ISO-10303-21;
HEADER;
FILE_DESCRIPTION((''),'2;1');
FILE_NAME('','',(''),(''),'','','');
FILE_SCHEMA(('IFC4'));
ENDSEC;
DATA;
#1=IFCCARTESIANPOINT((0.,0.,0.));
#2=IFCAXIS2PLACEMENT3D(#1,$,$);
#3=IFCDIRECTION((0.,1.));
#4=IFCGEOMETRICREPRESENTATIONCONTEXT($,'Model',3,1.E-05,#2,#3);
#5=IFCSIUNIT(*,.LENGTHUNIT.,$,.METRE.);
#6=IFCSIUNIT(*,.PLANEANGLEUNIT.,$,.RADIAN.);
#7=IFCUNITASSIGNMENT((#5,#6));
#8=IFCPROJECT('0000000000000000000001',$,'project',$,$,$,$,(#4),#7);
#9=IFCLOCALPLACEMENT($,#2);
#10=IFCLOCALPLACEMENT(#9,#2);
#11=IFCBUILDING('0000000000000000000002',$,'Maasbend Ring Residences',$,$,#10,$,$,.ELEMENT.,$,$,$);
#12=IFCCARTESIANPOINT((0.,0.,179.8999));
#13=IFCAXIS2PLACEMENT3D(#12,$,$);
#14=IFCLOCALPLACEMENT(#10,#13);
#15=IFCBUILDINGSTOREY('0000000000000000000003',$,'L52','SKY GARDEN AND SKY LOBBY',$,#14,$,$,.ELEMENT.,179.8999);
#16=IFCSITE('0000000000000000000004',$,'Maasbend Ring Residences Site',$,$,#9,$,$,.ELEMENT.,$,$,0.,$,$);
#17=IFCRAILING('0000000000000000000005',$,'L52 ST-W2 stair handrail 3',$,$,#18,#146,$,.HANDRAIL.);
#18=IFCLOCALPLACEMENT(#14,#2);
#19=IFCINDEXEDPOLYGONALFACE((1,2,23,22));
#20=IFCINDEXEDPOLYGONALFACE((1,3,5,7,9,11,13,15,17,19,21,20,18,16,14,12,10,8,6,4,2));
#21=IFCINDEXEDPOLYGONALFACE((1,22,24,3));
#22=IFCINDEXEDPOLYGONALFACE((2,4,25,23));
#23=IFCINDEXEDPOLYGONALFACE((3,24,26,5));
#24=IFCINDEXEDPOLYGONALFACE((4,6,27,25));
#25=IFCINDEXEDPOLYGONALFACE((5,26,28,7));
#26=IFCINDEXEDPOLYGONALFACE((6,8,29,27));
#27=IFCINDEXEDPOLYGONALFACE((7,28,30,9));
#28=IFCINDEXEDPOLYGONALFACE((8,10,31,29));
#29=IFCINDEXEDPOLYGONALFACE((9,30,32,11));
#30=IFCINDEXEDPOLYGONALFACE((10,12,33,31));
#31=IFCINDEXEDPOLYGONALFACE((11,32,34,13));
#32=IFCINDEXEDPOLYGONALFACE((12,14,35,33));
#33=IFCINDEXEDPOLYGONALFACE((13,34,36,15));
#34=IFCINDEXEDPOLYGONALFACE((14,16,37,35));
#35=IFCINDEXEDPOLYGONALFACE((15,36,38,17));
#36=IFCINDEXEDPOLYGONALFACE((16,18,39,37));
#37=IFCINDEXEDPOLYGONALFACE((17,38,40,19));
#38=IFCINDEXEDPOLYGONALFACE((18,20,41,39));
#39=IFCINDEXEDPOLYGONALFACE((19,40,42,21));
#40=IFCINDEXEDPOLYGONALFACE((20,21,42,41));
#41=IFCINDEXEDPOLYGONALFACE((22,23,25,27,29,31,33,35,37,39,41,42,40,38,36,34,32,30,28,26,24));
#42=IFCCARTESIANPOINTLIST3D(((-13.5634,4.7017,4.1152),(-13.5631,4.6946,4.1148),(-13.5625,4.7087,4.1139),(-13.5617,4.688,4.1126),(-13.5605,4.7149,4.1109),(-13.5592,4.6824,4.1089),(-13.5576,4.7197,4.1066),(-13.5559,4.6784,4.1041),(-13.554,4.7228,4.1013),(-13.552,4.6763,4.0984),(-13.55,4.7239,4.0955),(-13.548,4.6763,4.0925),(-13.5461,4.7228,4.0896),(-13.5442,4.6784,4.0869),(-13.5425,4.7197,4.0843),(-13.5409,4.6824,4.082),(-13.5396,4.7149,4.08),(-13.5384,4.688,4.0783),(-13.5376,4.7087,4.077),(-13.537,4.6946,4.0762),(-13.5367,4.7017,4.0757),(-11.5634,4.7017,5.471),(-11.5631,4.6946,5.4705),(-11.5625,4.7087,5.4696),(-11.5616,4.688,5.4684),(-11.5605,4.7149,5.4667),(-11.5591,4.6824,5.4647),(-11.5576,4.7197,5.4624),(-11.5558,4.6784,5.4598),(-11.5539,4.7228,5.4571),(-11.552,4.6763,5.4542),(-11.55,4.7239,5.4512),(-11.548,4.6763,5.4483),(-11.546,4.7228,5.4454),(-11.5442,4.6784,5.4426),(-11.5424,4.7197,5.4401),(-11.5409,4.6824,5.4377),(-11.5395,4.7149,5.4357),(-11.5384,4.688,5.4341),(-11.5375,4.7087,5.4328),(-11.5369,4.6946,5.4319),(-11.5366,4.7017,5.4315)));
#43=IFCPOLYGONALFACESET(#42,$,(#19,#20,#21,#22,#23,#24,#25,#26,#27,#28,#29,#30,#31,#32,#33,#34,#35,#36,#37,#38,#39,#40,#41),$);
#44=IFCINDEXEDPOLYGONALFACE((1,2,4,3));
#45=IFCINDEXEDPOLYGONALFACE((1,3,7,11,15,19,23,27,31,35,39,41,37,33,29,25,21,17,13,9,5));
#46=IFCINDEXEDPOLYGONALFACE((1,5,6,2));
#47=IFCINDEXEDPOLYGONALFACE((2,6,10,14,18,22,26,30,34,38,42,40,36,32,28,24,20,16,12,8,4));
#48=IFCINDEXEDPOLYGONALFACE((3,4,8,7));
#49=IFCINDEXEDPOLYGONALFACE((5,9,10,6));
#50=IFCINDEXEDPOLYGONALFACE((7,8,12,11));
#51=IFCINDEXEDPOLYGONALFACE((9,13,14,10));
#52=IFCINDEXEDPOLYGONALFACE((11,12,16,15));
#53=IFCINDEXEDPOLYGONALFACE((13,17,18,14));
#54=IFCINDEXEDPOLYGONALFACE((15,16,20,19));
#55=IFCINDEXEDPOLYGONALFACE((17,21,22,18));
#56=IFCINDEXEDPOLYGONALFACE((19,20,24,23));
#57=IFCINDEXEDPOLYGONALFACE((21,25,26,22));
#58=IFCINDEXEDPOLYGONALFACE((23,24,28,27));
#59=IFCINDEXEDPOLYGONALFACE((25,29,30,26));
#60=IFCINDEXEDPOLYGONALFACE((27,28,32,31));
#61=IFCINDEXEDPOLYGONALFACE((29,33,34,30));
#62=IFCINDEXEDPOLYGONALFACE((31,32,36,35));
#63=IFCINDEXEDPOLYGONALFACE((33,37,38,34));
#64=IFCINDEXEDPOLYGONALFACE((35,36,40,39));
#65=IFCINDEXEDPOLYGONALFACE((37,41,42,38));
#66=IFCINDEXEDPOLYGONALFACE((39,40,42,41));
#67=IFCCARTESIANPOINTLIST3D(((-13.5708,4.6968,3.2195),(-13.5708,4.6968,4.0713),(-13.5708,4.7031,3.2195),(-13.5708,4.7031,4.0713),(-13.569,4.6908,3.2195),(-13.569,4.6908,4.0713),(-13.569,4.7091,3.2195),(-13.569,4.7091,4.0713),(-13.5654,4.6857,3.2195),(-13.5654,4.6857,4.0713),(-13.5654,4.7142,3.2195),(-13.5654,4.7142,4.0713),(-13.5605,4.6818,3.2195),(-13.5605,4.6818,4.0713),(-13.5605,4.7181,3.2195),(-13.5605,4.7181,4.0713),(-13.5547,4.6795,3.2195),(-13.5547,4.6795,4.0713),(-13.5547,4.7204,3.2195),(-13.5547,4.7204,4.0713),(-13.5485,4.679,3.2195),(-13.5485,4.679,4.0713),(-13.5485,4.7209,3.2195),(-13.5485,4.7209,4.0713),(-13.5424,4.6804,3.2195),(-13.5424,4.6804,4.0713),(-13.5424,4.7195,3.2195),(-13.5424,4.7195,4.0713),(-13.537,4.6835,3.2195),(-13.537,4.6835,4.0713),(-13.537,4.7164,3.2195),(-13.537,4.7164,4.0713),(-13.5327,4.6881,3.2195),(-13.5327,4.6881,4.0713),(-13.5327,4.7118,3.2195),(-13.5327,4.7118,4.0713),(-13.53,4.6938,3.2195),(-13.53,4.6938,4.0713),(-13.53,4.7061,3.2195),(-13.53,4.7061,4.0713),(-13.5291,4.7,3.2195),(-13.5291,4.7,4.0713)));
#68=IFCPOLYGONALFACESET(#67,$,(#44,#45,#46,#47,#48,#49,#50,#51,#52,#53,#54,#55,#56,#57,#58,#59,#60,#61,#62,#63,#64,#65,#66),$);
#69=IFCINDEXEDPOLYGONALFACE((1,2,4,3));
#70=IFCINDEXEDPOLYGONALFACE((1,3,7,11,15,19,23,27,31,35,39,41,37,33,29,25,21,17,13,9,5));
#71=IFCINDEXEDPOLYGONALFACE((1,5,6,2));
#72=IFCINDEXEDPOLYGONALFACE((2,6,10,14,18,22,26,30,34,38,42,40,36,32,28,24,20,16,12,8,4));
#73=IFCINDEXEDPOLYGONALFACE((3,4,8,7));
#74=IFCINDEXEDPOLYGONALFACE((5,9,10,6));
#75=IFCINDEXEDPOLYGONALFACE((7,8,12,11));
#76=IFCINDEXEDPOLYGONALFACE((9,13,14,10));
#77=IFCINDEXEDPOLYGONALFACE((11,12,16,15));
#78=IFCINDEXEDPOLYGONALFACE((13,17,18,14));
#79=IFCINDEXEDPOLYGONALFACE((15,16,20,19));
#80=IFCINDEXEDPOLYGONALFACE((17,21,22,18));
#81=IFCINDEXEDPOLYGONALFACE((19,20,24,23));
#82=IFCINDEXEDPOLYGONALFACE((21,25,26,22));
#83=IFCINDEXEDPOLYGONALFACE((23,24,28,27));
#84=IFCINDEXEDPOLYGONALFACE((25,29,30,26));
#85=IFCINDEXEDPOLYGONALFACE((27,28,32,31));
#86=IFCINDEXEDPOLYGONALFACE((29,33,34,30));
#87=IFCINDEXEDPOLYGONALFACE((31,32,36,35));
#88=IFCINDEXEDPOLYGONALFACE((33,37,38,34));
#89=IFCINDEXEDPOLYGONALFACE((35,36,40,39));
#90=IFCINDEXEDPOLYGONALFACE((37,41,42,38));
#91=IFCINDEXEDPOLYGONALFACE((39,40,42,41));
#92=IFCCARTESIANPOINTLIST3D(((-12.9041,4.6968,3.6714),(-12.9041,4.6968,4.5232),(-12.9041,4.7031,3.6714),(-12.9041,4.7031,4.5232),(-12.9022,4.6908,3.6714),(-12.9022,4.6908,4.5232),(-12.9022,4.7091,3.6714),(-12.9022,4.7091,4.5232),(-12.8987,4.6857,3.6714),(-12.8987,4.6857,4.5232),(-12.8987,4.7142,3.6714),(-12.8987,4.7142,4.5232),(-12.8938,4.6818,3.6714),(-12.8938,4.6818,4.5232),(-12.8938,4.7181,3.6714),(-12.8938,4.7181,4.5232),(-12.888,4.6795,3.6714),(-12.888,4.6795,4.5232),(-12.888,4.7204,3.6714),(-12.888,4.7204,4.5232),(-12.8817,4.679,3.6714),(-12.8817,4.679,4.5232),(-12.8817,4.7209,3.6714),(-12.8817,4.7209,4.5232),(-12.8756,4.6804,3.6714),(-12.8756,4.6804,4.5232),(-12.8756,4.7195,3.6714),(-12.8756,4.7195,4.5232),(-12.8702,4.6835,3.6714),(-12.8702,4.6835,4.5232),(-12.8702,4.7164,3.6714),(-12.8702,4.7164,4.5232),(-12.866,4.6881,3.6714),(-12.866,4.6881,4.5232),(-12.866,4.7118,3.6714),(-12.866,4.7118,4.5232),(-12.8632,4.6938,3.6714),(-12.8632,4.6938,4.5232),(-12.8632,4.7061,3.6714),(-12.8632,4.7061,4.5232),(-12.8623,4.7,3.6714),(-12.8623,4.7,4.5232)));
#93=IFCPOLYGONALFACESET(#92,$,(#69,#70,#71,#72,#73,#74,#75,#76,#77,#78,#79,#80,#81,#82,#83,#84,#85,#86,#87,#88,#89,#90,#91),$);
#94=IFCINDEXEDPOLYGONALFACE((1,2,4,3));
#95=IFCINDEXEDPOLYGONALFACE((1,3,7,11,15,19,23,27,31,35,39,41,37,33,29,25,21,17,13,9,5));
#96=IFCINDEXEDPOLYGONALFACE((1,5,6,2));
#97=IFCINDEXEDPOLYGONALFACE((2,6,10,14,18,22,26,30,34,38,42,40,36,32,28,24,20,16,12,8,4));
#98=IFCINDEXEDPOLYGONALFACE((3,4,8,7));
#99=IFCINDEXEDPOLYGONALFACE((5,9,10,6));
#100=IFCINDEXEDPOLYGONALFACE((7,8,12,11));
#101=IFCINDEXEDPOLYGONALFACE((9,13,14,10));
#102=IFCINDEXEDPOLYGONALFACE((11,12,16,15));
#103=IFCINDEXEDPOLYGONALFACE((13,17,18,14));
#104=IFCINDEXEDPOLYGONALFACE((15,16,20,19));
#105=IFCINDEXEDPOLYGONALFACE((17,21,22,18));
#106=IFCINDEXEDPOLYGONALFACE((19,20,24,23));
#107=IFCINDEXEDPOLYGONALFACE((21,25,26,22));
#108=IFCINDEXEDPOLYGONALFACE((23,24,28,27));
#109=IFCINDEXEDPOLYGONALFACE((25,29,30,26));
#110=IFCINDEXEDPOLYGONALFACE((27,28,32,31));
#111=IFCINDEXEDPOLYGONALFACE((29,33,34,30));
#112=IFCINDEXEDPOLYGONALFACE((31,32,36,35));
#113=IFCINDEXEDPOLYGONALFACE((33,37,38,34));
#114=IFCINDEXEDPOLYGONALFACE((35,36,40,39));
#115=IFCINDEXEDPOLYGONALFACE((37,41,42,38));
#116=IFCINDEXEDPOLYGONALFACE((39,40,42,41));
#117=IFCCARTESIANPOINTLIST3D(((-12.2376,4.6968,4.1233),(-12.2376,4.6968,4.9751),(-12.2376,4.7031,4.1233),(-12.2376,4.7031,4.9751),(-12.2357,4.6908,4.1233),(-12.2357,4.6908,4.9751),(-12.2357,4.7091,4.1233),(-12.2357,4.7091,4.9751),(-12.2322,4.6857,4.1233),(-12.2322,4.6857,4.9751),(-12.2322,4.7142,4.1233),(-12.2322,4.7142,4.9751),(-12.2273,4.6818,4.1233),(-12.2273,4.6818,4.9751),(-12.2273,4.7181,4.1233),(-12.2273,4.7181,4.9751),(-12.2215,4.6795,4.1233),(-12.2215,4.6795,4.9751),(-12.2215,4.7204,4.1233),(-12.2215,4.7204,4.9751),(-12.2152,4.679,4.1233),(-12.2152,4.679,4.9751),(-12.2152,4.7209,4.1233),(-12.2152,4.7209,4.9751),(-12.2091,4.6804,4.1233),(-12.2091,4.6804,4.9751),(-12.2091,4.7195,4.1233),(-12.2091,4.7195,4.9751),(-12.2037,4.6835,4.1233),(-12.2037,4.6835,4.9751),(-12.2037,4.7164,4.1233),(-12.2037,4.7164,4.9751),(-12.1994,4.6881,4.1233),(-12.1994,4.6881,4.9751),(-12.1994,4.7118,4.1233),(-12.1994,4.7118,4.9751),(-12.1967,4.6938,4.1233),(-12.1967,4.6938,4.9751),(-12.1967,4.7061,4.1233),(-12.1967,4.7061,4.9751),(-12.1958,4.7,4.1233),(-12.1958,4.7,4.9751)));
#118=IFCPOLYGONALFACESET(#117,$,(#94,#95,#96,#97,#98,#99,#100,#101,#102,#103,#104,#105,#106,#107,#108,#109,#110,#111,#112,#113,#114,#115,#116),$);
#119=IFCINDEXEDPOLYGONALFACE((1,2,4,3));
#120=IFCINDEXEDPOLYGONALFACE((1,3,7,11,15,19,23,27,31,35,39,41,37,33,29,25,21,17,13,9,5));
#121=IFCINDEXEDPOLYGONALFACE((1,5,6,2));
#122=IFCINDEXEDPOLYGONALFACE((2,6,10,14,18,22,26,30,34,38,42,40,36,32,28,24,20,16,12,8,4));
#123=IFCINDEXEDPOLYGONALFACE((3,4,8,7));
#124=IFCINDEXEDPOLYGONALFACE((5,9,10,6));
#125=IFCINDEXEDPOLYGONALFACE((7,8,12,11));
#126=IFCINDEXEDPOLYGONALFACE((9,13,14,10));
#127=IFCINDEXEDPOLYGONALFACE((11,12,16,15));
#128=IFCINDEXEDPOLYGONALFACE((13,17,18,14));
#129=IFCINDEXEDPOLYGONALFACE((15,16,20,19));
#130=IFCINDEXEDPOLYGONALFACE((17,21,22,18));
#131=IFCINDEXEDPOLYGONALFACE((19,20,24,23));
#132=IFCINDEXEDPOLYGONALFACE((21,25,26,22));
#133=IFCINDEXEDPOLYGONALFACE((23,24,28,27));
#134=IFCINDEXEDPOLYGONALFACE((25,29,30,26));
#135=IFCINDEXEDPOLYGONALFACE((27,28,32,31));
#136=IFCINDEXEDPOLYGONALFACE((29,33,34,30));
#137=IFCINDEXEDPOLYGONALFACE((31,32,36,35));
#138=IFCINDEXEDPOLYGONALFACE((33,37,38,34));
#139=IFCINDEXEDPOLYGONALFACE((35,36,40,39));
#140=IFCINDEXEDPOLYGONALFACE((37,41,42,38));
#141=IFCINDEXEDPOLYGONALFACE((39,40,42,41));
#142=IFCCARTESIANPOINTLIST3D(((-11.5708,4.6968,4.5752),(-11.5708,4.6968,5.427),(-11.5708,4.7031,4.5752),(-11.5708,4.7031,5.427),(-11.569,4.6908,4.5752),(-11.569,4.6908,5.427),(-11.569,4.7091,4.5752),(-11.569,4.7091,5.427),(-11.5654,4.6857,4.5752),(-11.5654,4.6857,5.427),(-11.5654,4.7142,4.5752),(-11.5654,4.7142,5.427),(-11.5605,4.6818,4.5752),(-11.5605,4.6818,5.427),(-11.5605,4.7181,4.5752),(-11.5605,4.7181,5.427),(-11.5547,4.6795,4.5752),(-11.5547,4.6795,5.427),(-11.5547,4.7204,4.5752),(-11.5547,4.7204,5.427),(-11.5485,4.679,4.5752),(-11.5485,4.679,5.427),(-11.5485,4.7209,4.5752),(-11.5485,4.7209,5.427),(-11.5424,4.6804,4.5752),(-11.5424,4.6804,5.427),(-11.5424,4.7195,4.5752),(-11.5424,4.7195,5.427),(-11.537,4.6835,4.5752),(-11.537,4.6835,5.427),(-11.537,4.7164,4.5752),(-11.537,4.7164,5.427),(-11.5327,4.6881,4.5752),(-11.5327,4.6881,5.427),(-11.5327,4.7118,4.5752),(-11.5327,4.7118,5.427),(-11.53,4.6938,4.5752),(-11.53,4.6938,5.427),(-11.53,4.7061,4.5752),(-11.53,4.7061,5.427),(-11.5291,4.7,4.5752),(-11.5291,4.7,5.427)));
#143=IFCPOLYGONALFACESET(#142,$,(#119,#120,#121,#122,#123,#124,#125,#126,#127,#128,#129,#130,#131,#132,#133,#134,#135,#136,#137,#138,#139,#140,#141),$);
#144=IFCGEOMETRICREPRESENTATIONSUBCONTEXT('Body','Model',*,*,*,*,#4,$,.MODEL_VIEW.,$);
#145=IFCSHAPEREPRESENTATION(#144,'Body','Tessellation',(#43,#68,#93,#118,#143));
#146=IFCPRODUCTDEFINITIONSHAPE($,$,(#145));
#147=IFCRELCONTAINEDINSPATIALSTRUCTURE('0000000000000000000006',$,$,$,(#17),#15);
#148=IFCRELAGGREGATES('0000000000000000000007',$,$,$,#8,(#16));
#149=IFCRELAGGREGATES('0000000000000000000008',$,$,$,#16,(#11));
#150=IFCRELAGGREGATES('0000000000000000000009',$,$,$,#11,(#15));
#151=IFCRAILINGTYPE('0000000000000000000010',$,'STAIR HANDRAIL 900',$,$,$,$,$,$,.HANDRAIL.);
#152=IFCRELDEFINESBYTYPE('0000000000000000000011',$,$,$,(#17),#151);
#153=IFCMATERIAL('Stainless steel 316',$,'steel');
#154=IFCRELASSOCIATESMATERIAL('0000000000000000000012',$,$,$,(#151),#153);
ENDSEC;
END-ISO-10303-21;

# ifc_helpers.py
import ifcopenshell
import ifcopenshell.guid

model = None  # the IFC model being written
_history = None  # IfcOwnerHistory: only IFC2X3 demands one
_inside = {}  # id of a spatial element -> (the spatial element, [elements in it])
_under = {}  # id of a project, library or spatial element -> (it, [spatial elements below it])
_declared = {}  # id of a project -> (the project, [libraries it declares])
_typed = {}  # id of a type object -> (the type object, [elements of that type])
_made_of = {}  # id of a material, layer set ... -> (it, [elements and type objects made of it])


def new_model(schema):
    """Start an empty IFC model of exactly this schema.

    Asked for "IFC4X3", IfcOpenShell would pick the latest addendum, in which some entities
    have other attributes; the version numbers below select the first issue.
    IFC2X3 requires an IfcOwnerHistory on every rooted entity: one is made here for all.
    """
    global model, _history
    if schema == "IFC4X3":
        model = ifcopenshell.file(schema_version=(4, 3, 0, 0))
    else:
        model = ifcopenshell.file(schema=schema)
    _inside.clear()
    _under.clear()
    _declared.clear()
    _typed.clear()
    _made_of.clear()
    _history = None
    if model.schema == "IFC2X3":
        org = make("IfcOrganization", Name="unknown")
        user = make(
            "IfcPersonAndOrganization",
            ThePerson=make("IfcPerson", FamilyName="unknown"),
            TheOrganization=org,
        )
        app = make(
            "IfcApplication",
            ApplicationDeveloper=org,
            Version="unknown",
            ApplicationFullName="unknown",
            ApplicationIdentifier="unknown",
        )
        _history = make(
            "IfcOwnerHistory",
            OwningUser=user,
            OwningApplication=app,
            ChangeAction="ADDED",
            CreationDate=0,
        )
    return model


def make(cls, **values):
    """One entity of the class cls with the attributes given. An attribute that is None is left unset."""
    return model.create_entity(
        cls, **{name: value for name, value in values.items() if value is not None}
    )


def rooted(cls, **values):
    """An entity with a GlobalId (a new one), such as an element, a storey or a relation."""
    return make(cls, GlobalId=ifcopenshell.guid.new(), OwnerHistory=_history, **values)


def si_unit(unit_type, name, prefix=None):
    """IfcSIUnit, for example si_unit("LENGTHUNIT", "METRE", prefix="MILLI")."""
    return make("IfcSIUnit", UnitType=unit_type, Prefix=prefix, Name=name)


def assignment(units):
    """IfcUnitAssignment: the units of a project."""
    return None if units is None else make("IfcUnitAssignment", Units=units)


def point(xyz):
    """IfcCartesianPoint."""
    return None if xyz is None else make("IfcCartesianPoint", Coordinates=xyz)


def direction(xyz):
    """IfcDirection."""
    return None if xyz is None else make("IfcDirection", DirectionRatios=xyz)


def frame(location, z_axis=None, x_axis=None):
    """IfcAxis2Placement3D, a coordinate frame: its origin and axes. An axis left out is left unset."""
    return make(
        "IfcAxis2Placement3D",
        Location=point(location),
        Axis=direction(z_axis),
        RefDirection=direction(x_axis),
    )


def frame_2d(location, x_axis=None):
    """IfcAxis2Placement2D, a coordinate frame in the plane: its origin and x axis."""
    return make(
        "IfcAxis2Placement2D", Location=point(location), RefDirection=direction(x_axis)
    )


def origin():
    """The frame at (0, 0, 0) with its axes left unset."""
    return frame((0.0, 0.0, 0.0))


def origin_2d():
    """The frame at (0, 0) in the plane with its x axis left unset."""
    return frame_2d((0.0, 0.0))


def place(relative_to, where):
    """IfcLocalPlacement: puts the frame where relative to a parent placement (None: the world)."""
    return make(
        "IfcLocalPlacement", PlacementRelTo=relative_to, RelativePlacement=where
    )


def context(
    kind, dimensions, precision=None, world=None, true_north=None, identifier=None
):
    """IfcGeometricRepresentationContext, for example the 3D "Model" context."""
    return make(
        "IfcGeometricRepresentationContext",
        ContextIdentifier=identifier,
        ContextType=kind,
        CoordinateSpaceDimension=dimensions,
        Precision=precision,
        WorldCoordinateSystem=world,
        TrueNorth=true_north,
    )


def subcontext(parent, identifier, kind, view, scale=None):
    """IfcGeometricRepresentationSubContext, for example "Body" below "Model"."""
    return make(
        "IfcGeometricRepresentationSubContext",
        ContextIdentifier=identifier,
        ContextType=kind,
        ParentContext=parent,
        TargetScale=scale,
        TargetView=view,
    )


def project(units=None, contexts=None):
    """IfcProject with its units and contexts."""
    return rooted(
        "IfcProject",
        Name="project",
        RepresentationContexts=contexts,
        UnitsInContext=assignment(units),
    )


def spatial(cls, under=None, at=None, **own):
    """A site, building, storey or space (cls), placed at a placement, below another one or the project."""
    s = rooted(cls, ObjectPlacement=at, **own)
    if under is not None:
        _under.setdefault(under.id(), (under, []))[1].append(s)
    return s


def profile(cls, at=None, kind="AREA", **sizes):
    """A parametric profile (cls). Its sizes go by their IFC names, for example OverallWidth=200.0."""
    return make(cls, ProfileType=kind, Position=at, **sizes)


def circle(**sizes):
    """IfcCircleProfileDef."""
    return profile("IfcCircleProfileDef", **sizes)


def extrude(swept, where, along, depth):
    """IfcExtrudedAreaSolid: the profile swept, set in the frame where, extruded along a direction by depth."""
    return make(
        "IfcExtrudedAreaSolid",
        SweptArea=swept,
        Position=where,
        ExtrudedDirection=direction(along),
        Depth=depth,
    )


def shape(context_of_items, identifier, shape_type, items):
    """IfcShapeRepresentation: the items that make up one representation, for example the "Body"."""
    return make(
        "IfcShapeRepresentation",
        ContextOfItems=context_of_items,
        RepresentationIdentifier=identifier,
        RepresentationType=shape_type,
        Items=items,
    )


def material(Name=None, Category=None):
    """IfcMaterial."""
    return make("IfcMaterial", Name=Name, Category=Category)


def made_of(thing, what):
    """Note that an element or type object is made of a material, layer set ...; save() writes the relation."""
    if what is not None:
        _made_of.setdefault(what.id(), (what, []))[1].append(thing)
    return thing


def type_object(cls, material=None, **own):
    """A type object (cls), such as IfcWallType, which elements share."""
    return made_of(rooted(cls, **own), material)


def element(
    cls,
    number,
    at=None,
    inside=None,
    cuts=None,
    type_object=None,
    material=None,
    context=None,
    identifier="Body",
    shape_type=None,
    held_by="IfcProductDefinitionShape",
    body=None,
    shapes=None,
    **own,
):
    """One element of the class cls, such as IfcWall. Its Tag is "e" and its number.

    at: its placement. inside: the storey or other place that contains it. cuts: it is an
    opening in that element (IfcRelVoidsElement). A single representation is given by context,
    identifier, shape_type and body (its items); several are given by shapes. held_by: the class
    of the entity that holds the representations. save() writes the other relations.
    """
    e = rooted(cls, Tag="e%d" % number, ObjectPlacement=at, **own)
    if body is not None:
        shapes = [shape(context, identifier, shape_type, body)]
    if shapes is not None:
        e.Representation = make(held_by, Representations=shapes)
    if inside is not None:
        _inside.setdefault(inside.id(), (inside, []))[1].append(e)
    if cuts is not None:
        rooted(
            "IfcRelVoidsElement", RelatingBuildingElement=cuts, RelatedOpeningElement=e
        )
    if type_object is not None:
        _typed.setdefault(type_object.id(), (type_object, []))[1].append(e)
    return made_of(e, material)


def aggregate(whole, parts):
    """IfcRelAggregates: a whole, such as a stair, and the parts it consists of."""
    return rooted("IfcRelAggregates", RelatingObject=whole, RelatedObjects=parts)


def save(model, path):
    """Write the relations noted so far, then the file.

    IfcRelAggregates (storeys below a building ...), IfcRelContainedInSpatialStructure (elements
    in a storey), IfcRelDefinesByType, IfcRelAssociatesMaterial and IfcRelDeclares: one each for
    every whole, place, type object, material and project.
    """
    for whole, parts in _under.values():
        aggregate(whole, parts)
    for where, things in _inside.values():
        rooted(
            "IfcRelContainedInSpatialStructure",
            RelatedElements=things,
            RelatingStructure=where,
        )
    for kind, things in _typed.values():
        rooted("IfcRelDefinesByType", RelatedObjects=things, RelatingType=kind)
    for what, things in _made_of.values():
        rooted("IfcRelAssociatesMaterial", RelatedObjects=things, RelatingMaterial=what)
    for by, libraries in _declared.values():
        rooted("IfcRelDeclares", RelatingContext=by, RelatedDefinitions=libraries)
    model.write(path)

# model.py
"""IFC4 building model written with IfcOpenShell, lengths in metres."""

from ifc_helpers import new_model, si_unit, direction, frame, origin, origin_2d, place, context, subcontext, project, spatial, circle, extrude, material, type_object, element, save


model = new_model("IFC4")

# Units and contexts
model_context = context("Model", 3, precision=1e-05, world=origin(), true_north=direction((0.0, 1.0)))
body_context = subcontext(model_context, "Body", "Model", "MODEL_VIEW")
ifc_project = project(units=[si_unit("LENGTHUNIT", "METRE"), si_unit("PLANEANGLEUNIT", "RADIAN")], contexts=[model_context])

# Site, building, storey
site_placement = place(None, origin())
site = spatial("IfcSite", under=ifc_project, at=site_placement, Name="Maasbend Ring Residences Site", CompositionType="ELEMENT", RefElevation=0.0)
building_placement = place(site_placement, origin())
building = spatial("IfcBuilding", under=site, at=building_placement, Name="Maasbend Ring Residences", CompositionType="ELEMENT")
storey_placement = place(building_placement, frame((0.0, 0.0, 179.8999)))
storey = spatial("IfcBuildingStorey", under=building, at=storey_placement, Name="L52", Description="SKY GARDEN AND SKY LOBBY", CompositionType="ELEMENT", Elevation=179.8999)

# Railing
ifc_material_1 = material(Name="Stainless steel 316", Category="steel")
railing_type = type_object("IfcRailingType", Name="STAIR HANDRAIL 900", PredefinedType="HANDRAIL", material=ifc_material_1)
railing_1_placement = place(storey_placement, frame((-13.55, 4.7, 3.2195)))
element("IfcRailing", 1, at=railing_1_placement, inside=storey, type_object=railing_type, Name="L52 ST-W2 stair handrail 3", PredefinedType="HANDRAIL", context=body_context, shape_type="SweptSolid", body=[
    extrude(circle(Radius=0.0239, at=origin_2d()), frame((0.0, 0.0, 0.876), z_axis=(0.827751, 0.0, 0.561096), x_axis=(0.0, 1.0, 0.0)), (0.0, 0.0, 1.0), 2.4163),
    extrude(circle(Radius=0.021, at=origin_2d()), origin(), (0.0, 0.0, 1.0), 0.8518),
    extrude(circle(Radius=0.021, at=origin_2d()), frame((0.6667, 0.0, 0.4519)), (0.0, 0.0, 1.0), 0.8518),
    extrude(circle(Radius=0.021, at=origin_2d()), frame((1.3333, 0.0, 0.9038)), (0.0, 0.0, 1.0), 0.8518),
    extrude(circle(Radius=0.021, at=origin_2d()), frame((2.0, 0.0, 1.3557)), (0.0, 0.0, 1.0), 0.8518),
])

save(model, "model.ifc")
